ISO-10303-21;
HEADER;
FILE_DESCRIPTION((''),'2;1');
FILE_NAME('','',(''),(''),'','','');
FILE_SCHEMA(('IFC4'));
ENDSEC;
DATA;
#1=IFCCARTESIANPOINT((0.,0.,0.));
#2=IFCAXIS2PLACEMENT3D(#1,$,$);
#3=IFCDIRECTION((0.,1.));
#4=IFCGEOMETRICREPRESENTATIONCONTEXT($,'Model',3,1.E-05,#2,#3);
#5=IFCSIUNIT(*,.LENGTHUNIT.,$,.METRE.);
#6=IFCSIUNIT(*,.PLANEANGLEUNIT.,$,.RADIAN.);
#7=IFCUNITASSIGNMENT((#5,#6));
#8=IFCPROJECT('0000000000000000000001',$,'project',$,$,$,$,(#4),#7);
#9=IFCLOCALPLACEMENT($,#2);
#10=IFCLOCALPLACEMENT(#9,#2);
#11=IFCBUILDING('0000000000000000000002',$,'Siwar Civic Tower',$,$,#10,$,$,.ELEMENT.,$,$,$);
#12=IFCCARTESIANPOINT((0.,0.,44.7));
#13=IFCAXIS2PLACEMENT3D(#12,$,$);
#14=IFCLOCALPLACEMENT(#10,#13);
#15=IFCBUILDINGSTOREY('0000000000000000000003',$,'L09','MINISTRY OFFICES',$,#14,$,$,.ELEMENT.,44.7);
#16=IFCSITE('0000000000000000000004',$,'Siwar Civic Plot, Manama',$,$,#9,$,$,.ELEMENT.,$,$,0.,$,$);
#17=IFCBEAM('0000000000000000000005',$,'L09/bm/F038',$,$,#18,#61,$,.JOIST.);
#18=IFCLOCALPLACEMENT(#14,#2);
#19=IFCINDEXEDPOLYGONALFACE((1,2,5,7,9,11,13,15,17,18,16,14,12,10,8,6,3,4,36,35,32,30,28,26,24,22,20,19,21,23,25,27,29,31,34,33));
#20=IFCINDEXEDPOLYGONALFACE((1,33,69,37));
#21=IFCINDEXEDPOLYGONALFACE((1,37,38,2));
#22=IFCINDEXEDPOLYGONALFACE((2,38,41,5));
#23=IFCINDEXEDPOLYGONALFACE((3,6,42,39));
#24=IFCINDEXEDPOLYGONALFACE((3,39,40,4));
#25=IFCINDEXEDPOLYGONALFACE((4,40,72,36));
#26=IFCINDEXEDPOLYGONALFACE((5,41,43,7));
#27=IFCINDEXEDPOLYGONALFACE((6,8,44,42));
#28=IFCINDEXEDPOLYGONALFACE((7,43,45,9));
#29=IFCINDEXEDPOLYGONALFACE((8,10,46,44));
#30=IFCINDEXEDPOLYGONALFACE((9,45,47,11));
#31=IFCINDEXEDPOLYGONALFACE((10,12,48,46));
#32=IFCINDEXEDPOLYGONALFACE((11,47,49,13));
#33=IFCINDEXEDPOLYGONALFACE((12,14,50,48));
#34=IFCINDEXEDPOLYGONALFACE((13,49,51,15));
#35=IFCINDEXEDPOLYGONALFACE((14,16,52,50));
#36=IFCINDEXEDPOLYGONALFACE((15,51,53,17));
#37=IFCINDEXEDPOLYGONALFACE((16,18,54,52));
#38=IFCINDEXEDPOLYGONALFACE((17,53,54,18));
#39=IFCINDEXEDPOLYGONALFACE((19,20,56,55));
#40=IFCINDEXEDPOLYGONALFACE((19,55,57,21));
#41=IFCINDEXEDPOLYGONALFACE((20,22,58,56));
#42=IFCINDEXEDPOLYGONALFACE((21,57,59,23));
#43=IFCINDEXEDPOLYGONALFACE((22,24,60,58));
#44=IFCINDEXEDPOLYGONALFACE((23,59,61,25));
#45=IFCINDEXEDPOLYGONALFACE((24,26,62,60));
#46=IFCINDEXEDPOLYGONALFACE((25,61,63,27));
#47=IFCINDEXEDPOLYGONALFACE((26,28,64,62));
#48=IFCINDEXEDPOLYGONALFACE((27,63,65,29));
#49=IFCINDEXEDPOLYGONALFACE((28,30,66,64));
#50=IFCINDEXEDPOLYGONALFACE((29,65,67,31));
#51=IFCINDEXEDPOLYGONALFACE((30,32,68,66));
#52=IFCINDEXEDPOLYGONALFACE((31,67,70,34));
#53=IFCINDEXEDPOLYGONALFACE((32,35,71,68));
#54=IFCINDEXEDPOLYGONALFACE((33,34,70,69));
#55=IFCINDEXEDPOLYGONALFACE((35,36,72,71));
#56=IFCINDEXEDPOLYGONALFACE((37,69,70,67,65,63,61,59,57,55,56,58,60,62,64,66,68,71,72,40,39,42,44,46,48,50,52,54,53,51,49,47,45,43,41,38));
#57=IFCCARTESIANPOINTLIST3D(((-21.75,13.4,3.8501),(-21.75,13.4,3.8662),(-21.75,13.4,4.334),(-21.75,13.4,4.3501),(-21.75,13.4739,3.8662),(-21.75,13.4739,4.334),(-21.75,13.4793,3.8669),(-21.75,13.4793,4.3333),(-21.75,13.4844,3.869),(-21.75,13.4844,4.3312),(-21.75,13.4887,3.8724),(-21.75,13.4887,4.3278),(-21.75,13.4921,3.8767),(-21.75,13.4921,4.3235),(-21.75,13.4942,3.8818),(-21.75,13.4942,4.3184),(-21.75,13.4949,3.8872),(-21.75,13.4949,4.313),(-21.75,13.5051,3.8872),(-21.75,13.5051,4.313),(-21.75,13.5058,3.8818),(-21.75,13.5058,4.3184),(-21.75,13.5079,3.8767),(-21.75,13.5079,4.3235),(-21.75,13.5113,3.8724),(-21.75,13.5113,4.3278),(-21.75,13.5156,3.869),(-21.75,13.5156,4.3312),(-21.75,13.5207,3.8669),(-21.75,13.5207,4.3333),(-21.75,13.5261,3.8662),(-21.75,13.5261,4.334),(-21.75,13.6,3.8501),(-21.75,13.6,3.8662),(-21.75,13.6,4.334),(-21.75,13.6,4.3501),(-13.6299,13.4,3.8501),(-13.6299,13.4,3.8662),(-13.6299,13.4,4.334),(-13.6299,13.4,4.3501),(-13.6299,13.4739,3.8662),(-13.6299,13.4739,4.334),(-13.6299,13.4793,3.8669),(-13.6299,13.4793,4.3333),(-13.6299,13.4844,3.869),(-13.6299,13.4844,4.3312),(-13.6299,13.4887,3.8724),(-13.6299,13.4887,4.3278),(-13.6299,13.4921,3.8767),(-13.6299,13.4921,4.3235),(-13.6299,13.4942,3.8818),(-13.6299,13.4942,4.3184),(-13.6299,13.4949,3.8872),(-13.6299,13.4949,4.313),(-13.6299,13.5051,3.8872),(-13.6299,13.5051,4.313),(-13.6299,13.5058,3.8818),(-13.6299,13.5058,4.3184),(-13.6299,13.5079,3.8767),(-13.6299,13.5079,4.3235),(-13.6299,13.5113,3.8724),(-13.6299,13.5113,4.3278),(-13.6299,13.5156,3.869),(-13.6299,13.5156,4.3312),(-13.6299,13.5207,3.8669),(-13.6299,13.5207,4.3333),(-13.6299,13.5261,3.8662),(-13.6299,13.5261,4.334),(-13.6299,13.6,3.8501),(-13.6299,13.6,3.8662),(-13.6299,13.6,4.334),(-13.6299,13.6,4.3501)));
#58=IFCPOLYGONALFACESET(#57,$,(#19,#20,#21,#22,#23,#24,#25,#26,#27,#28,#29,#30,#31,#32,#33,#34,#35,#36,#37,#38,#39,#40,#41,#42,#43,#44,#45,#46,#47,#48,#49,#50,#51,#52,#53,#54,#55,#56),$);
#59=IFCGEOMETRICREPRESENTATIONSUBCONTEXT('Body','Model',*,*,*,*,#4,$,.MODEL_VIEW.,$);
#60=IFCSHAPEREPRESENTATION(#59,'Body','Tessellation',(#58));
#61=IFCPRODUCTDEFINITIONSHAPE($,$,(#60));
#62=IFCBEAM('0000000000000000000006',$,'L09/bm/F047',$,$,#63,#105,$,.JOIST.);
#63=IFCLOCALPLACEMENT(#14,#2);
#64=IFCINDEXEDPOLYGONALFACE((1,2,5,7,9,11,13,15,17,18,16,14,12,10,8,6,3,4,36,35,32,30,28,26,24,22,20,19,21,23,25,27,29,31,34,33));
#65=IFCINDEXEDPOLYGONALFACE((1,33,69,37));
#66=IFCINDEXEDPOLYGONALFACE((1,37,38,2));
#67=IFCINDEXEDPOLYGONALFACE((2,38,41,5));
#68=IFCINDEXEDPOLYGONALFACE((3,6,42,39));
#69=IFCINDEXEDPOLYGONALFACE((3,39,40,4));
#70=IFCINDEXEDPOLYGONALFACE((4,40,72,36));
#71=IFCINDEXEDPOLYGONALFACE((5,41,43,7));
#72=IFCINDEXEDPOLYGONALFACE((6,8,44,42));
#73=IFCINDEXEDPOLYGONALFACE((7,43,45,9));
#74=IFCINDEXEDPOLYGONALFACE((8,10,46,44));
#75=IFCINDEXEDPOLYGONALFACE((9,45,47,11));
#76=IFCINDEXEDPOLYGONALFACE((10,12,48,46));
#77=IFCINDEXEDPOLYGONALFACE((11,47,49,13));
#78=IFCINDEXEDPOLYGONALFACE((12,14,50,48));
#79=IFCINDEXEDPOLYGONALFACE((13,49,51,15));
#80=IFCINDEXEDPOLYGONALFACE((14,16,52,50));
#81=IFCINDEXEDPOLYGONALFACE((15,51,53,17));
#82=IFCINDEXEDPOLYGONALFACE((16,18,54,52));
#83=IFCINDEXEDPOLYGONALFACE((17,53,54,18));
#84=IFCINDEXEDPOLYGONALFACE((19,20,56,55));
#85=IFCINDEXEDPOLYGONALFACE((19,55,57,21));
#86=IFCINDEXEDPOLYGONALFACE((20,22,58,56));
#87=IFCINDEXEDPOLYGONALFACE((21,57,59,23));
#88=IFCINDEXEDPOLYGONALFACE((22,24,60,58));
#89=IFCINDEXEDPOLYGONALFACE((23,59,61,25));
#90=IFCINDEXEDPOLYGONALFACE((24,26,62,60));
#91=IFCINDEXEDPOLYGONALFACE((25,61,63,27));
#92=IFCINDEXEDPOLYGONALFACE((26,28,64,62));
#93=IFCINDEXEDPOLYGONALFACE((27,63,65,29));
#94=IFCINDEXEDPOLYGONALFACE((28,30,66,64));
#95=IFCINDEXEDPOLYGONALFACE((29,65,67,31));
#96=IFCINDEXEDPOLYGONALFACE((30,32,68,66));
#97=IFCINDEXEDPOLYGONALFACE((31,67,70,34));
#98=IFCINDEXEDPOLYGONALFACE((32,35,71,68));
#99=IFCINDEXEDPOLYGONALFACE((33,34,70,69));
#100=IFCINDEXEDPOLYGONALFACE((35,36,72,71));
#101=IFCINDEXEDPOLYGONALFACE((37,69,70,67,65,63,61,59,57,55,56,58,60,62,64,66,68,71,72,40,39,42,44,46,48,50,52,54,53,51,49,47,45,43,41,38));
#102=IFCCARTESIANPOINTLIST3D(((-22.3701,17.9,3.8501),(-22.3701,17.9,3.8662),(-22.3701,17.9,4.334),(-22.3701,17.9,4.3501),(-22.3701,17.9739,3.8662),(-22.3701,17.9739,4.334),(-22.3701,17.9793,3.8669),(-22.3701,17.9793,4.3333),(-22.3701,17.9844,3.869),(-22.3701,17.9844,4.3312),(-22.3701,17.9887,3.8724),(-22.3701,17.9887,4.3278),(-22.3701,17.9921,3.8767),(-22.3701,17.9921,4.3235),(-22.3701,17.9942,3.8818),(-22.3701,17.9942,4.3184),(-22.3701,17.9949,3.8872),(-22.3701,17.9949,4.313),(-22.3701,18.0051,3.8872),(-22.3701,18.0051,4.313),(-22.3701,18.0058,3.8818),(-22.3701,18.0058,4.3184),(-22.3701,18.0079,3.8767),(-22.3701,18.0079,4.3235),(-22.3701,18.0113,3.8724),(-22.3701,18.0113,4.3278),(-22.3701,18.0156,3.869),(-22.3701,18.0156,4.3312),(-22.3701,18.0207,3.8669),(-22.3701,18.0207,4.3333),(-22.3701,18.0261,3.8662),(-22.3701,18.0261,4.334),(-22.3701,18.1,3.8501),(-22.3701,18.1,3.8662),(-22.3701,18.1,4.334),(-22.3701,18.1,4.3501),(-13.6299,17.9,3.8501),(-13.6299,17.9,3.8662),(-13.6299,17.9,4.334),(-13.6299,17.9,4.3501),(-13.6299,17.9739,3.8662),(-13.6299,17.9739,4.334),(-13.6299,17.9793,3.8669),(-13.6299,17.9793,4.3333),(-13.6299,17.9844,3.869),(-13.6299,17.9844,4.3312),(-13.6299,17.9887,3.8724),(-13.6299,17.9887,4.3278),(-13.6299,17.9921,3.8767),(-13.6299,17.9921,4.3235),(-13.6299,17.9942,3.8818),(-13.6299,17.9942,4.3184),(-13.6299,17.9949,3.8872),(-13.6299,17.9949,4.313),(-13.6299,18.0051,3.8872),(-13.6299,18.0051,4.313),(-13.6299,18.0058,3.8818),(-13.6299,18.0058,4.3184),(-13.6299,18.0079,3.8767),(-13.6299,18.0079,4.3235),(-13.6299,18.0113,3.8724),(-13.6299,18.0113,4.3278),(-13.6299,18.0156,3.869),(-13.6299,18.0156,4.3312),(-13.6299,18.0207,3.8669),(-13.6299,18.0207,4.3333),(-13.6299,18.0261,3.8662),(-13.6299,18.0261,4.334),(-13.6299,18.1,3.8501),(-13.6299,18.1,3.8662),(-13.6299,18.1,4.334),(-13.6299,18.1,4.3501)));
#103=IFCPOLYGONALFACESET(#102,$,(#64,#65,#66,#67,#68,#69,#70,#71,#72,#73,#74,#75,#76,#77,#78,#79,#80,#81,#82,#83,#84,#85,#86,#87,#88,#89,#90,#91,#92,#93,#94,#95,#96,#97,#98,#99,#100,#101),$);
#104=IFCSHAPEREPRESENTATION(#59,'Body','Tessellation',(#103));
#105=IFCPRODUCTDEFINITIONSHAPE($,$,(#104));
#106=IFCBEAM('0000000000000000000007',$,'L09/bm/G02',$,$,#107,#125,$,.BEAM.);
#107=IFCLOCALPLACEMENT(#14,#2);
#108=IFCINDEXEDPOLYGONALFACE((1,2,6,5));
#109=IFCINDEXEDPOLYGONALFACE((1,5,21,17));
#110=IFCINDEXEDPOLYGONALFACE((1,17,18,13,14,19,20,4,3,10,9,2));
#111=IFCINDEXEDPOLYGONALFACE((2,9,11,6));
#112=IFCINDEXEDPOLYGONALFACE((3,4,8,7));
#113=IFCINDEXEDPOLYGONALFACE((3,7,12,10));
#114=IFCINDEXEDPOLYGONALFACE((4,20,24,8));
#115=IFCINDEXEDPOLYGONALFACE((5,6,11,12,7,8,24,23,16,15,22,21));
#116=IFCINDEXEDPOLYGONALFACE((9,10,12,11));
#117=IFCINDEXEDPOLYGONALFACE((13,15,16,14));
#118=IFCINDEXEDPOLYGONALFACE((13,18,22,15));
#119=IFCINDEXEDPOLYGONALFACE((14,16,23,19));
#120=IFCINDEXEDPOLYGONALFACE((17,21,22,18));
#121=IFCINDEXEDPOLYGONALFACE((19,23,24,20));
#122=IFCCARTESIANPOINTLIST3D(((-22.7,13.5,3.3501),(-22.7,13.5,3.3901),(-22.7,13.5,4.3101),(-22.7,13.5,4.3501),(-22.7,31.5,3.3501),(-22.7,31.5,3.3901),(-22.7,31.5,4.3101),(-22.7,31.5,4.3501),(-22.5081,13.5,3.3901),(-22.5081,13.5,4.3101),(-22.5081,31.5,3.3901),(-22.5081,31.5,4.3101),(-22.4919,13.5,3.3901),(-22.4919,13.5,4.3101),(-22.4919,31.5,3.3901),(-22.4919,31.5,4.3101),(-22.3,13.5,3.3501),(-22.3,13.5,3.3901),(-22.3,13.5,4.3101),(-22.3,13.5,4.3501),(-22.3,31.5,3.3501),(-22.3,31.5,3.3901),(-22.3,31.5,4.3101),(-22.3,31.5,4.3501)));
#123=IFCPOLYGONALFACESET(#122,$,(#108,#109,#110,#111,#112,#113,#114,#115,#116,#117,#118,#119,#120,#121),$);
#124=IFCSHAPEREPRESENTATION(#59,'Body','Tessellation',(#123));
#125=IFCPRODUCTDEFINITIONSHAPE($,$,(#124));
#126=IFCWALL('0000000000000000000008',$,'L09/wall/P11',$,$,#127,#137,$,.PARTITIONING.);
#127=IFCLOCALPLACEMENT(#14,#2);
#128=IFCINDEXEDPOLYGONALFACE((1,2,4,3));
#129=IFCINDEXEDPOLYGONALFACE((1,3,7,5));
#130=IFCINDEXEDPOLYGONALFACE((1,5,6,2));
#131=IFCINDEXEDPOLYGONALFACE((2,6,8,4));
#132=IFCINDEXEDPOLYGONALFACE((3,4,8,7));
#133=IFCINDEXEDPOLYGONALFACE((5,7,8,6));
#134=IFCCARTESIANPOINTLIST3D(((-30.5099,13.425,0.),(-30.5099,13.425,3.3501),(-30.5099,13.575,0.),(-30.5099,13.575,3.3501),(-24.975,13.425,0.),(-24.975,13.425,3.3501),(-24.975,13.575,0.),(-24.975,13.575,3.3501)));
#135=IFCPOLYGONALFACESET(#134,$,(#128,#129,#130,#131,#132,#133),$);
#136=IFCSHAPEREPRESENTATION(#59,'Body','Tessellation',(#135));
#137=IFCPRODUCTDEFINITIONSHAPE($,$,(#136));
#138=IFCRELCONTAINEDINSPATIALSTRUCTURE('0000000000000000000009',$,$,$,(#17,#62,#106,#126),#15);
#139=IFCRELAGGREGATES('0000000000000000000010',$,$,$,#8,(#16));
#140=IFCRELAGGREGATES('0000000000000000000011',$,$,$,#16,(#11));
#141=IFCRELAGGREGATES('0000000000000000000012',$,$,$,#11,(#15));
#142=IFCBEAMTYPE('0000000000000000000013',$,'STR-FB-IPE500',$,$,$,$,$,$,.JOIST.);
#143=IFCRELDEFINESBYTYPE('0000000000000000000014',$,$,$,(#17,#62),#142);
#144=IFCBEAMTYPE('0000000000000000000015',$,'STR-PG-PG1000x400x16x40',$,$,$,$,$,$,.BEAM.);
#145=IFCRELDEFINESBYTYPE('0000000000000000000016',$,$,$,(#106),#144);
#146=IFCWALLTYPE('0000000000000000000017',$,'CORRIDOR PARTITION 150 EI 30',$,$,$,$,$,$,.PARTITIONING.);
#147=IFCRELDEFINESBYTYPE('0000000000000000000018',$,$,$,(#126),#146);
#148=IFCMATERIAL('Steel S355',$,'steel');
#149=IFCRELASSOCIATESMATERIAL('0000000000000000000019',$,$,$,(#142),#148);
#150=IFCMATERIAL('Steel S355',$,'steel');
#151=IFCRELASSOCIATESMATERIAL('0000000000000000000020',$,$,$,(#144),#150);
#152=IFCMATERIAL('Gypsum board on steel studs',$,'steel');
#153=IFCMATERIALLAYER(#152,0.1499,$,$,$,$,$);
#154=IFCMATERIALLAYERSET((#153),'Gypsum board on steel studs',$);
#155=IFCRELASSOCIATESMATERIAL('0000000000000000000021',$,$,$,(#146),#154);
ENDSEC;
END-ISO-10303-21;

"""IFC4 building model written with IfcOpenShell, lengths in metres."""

from ifc_helpers import new_model, si_unit, direction, frame, frame_2d, origin, origin_2d, place, context, subcontext, project, spatial, rectangle, i_section, extrude, material, layer, layer_set, material_profile, profile_set, type_object, element, save


model = new_model("IFC4")

# Units and contexts
model_context = context("Model", 3, precision=1e-05, world=origin(), true_north=direction((0.0, 1.0)))
body_context = subcontext(model_context, "Body", "Model", "MODEL_VIEW")
ifc_project = project(units=[si_unit("LENGTHUNIT", "METRE"), si_unit("PLANEANGLEUNIT", "RADIAN")], contexts=[model_context])

# Site, building, storey
site_placement = place(None, origin())
site = spatial("IfcSite", under=ifc_project, at=site_placement, Name="Siwar Civic Plot, Manama", CompositionType="ELEMENT", RefElevation=0.0)
building_placement = place(site_placement, origin())
building = spatial("IfcBuilding", under=site, at=building_placement, Name="Siwar Civic Tower", CompositionType="ELEMENT")
storey_placement = place(building_placement, frame((0.0, 0.0, 44.7)))
storey = spatial("IfcBuildingStorey", under=building, at=storey_placement, Name="L09", Description="MINISTRY OFFICES", CompositionType="ELEMENT", Elevation=44.7)

# Beams
ifc_material_1 = material(Name="Steel S355", Category="steel")
ifc_material_profile_1 = material_profile(ifc_material_1, i_section(OverallWidth=0.2, OverallDepth=0.5, WebThickness=0.0103, FlangeThickness=0.0161, FilletRadius=0.021, at=origin_2d()), Name="IPE500")
ifc_profile_set_1 = profile_set([ifc_material_profile_1], Name="Steel S355")
beam_type_1 = type_object("IfcBeamType", Name="STR-FB-IPE500", PredefinedType="JOIST", material=ifc_profile_set_1)
beam_1_placement = place(storey_placement, frame((-21.75, 13.5, 4.1001), z_axis=(1.0, 0.0, 0.0), x_axis=(0.0, 1.0, 0.0)))
element("IfcBeam", 1, at=beam_1_placement, inside=storey, type_object=beam_type_1, Name="L09/bm/F038", PredefinedType="JOIST", context=body_context, shape_type="SweptSolid", body=[
    extrude(i_section(OverallWidth=0.2, OverallDepth=0.5, WebThickness=0.0103, FlangeThickness=0.0161, FilletRadius=0.021, at=origin_2d()), origin(), (0.0, 0.0, 1.0), 8.1201),
])
beam_2_placement = place(storey_placement, frame((-22.3701, 18.0, 4.1001), z_axis=(1.0, 0.0, 0.0), x_axis=(0.0, 1.0, 0.0)))
element("IfcBeam", 2, at=beam_2_placement, inside=storey, type_object=beam_type_1, Name="L09/bm/F047", PredefinedType="JOIST", context=body_context, shape_type="SweptSolid", body=[
    extrude(i_section(OverallWidth=0.2, OverallDepth=0.5, WebThickness=0.0103, FlangeThickness=0.0161, FilletRadius=0.021, at=origin_2d()), origin(), (0.0, 0.0, 1.0), 8.7402),
])
ifc_material_2 = material(Name="Steel S355", Category="steel")
ifc_material_profile_2 = material_profile(ifc_material_2, i_section(OverallWidth=0.3999, OverallDepth=1.0, WebThickness=0.0161, FlangeThickness=0.04, at=origin_2d()), Name="PG1000x400x16x40")
ifc_profile_set_2 = profile_set([ifc_material_profile_2], Name="Steel S355")
beam_type_2 = type_object("IfcBeamType", Name="STR-PG-PG1000x400x16x40", PredefinedType="BEAM", material=ifc_profile_set_2)
beam_3_placement = place(storey_placement, frame((-22.5, 13.5, 3.8501), z_axis=(0.0, 1.0, 0.0), x_axis=(-1.0, 0.0, 0.0)))
element("IfcBeam", 3, at=beam_3_placement, inside=storey, type_object=beam_type_2, Name="L09/bm/G02", PredefinedType="BEAM", context=body_context, shape_type="SweptSolid", body=[
    extrude(i_section(OverallWidth=0.3999, OverallDepth=1.0, WebThickness=0.0161, FlangeThickness=0.04, at=origin_2d()), origin(), (0.0, 0.0, 1.0), 18.0),
])

# Wall
ifc_material_3 = material(Name="Gypsum board on steel studs", Category="steel")
ifc_layer_1 = layer(ifc_material_3, 0.1499)
ifc_layer_set_1 = layer_set([ifc_layer_1], Name="Gypsum board on steel studs")
wall_type_1 = type_object("IfcWallType", Name="CORRIDOR PARTITION 150 EI 30", PredefinedType="PARTITIONING", material=ifc_layer_set_1)
wall_1_placement = place(storey_placement, frame((-30.51, 13.5, 0.0), z_axis=(0.0, 0.0, 1.0), x_axis=(1.0, 0.0, 0.0)))
element("IfcWall", 4, at=wall_1_placement, inside=storey, type_object=wall_type_1, Name="L09/wall/P11", PredefinedType="PARTITIONING", context=body_context, shape_type="SweptSolid", body=[
    extrude(rectangle(XDim=5.5349, YDim=0.1499, at=frame_2d((2.7676, 0.0))), origin(), (0.0, 0.0, 1.0), 3.3501),
])

save(model, "model.ifc")
